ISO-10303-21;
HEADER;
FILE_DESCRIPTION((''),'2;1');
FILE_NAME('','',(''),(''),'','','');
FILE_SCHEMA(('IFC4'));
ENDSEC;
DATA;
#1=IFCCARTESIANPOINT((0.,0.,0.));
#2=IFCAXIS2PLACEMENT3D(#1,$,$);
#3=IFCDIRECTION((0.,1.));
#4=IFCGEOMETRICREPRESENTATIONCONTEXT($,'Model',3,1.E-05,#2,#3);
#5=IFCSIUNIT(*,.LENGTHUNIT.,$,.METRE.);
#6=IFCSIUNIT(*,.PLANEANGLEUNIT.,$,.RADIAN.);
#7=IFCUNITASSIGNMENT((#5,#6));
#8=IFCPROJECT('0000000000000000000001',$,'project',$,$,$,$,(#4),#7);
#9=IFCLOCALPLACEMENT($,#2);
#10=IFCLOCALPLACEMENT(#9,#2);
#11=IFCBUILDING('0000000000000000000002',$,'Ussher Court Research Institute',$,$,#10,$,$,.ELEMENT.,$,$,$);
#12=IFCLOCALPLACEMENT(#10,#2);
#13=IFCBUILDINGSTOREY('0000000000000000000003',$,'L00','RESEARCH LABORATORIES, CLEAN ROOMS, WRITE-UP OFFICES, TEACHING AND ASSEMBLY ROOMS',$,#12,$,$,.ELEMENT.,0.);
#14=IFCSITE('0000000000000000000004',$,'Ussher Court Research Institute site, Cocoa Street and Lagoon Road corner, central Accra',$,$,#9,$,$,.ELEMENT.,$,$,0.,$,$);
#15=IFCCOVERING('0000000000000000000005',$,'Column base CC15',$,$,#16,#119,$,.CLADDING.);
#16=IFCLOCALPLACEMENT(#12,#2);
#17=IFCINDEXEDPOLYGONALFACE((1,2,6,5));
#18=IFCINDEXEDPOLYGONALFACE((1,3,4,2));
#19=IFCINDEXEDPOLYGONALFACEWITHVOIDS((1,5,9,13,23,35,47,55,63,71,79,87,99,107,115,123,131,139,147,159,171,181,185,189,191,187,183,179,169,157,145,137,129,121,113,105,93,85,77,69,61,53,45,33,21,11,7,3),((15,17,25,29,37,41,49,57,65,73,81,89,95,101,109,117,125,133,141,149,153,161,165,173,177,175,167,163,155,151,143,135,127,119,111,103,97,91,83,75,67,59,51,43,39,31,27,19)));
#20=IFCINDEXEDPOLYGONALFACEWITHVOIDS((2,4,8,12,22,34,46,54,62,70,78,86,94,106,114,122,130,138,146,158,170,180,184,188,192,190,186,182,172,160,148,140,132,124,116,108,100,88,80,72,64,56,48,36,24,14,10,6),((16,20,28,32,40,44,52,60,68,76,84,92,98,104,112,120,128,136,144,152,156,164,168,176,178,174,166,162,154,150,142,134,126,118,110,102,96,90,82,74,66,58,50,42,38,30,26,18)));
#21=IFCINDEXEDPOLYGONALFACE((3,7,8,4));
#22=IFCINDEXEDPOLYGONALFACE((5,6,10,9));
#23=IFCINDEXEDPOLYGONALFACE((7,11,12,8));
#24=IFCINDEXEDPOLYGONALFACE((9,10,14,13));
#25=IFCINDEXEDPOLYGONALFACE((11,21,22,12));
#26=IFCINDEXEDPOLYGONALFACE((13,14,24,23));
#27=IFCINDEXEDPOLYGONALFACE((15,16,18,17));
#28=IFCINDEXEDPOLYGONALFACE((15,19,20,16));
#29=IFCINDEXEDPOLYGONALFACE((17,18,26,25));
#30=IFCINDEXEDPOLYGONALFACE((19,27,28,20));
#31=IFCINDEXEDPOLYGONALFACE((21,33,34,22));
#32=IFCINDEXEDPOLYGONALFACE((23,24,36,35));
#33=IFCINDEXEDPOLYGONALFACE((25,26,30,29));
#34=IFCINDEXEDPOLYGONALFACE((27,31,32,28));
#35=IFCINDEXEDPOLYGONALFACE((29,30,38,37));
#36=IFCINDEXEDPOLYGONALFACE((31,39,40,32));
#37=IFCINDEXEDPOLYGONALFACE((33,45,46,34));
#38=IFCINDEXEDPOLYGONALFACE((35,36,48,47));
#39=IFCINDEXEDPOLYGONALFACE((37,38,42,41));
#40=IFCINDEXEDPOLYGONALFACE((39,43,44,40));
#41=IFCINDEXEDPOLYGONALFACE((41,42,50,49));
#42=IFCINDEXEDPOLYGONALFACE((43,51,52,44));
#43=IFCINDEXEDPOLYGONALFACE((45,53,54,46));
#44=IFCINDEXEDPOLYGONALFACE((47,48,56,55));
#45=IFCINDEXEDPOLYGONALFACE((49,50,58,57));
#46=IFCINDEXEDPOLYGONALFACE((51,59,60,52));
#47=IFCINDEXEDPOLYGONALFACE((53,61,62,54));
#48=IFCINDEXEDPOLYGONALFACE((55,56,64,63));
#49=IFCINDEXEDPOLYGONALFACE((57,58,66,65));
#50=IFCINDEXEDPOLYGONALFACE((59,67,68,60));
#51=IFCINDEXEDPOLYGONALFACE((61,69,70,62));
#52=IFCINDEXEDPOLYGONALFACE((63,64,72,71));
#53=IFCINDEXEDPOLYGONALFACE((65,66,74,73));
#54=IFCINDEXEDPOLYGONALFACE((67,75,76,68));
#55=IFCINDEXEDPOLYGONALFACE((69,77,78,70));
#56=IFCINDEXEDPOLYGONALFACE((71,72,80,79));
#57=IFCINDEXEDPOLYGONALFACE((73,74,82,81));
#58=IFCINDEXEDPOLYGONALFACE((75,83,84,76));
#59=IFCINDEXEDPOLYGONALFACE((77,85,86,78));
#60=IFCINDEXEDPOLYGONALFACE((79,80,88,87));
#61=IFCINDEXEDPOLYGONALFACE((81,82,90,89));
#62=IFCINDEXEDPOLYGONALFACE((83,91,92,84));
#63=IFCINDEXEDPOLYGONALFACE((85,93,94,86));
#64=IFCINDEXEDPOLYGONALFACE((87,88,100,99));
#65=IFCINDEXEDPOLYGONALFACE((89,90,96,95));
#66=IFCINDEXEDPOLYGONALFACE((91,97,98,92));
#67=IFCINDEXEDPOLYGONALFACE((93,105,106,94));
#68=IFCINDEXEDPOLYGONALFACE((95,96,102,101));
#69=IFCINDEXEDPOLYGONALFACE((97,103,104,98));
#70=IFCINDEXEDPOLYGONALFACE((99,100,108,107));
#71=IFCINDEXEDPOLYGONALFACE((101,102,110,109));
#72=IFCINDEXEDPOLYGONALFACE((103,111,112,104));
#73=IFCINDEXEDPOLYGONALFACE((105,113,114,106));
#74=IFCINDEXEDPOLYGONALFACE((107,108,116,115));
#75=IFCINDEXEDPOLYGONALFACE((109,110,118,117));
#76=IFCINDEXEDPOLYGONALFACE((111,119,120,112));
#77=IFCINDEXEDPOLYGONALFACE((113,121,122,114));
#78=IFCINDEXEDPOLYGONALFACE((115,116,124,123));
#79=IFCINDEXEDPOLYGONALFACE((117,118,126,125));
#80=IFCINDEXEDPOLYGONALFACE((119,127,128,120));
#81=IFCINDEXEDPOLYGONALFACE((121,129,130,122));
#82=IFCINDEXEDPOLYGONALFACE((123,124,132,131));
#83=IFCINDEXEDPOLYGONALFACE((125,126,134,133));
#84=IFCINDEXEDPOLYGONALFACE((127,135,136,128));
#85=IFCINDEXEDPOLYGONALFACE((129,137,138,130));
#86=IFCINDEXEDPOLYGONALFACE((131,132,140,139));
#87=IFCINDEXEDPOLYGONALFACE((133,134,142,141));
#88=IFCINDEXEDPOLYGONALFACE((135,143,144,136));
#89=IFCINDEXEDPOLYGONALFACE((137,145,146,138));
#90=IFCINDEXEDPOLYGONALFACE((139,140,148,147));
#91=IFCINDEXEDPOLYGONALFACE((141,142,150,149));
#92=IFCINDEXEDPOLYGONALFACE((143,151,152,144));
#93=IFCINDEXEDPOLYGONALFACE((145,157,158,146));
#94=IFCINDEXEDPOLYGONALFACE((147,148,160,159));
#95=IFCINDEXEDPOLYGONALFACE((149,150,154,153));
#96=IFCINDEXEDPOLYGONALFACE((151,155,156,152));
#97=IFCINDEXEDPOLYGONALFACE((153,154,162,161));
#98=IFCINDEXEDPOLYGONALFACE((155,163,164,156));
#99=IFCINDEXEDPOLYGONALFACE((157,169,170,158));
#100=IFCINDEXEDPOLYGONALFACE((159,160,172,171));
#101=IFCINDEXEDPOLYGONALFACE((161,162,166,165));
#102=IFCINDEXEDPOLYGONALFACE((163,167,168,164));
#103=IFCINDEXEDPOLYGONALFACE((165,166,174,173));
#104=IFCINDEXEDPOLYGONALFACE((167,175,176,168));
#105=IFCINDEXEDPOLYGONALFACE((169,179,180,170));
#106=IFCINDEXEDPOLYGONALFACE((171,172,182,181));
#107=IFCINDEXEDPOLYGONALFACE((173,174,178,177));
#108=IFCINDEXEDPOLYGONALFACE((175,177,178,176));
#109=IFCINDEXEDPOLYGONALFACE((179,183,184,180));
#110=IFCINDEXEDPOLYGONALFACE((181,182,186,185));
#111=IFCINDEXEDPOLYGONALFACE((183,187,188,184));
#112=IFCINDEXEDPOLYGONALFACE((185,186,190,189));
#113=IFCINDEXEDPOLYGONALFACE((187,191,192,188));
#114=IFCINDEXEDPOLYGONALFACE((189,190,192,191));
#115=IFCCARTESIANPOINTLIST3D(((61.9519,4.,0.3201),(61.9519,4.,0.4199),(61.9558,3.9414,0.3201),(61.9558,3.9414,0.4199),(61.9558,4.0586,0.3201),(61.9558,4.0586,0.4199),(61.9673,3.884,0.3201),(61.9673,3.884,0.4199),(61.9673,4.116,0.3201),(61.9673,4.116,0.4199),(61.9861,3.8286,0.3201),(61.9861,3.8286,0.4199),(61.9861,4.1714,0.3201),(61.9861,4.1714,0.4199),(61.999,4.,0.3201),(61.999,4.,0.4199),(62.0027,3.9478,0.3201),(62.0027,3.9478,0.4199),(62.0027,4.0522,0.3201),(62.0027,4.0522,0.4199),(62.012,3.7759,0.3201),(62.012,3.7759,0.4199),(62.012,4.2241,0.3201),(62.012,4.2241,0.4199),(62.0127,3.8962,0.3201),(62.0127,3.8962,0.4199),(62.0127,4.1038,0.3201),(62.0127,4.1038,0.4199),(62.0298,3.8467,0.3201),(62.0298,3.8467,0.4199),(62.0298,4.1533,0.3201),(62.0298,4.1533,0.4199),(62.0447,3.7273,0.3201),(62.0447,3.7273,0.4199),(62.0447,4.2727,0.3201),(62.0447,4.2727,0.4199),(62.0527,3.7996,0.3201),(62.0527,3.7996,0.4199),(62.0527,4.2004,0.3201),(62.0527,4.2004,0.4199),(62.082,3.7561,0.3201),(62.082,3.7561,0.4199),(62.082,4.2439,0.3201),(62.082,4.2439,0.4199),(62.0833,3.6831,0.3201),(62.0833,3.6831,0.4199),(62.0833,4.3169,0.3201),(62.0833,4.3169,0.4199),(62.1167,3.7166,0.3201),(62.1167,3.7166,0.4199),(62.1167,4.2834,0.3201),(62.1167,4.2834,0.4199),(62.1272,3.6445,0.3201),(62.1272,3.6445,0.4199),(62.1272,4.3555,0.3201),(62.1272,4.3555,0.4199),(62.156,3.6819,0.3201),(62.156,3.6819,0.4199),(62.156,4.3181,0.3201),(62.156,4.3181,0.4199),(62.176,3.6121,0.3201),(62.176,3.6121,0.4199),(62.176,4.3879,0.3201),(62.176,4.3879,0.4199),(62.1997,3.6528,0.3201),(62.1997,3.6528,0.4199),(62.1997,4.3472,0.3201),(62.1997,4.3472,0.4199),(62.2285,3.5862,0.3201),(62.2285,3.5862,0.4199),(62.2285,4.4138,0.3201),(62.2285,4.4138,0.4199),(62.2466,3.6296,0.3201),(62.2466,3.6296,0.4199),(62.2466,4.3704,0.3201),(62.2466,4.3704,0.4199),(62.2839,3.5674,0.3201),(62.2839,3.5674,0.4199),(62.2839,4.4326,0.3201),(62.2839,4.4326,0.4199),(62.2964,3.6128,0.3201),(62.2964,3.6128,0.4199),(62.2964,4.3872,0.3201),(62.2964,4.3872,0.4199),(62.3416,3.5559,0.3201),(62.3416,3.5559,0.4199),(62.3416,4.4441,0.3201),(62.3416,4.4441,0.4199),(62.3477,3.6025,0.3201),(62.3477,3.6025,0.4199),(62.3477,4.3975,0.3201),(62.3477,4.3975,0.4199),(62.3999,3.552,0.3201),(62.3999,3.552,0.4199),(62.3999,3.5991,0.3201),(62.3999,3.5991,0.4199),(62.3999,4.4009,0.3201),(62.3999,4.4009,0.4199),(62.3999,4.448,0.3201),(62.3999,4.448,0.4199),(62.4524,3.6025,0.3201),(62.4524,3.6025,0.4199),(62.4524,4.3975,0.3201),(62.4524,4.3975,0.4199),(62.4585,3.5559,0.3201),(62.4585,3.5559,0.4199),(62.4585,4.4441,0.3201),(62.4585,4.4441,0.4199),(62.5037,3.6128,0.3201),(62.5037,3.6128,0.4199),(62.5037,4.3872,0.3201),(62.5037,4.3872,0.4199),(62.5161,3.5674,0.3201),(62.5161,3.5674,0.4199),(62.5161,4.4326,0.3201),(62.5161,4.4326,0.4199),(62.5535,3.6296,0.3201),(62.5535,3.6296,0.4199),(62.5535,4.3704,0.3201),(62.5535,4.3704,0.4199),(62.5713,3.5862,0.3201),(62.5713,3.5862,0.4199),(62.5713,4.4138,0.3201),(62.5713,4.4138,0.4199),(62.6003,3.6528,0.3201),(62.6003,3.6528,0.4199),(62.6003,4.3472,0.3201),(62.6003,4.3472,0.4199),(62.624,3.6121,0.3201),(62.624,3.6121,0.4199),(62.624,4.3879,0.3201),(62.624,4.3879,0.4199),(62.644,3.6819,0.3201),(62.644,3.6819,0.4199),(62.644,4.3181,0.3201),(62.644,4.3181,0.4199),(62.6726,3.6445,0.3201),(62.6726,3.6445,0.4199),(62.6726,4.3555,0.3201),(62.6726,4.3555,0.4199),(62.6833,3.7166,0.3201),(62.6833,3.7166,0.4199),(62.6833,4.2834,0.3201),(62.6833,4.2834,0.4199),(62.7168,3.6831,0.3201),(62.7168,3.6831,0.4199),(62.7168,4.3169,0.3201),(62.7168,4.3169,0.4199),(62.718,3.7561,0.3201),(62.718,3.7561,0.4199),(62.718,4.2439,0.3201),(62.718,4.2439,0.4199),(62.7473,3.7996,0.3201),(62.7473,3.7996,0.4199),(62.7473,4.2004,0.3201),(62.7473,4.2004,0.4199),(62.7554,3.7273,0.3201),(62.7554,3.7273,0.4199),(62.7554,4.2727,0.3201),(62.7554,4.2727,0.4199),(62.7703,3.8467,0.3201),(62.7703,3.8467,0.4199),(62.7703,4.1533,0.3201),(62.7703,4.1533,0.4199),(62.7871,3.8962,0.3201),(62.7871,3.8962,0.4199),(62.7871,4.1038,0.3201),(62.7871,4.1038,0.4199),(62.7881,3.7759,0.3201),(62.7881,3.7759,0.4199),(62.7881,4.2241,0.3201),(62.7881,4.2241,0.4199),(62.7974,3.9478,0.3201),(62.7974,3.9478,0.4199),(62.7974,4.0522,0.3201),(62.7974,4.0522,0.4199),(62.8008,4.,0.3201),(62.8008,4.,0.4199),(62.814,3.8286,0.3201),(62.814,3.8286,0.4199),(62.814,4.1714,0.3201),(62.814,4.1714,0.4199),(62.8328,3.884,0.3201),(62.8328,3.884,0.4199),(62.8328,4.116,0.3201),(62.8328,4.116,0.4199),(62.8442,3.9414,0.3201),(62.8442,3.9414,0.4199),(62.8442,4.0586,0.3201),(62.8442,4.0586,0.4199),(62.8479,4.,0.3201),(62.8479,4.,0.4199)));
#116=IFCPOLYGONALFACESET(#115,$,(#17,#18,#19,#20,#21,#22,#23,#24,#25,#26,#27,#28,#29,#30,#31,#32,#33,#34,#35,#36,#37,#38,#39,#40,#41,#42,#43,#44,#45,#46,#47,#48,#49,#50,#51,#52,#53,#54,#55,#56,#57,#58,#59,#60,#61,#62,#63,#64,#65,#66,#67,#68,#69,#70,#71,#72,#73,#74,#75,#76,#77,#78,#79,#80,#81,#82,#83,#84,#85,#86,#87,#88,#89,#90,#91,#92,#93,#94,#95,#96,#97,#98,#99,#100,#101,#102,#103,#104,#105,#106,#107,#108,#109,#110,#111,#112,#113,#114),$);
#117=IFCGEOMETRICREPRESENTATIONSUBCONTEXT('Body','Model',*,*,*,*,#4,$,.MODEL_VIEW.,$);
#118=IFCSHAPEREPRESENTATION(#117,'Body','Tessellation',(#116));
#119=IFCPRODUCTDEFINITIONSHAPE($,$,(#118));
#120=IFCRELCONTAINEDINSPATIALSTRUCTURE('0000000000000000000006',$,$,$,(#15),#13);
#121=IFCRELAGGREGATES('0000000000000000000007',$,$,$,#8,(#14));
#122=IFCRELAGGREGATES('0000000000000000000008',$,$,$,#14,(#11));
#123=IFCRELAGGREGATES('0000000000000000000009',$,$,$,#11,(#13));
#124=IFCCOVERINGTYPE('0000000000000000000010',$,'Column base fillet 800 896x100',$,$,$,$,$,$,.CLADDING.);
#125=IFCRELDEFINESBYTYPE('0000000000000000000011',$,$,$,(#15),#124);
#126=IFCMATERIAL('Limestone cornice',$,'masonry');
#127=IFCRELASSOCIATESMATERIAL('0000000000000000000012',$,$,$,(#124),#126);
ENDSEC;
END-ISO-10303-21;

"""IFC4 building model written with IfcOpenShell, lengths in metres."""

from ifc_helpers import new_model, si_unit, direction, frame, origin, place, context, subcontext, project, spatial, polyline, outline, extrude, material, type_object, element, save


model = new_model("IFC4")

# Units and contexts
model_context = context("Model", 3, precision=1e-05, world=origin(), true_north=direction((0.0, 1.0)))
body_context = subcontext(model_context, "Body", "Model", "MODEL_VIEW")
ifc_project = project(units=[si_unit("LENGTHUNIT", "METRE"), si_unit("PLANEANGLEUNIT", "RADIAN")], contexts=[model_context])

# Site, building, storey
site_placement = place(None, origin())
site = spatial("IfcSite", under=ifc_project, at=site_placement, Name="Ussher Court Research Institute site, Cocoa Street and Lagoon Road corner, central Accra", CompositionType="ELEMENT", RefElevation=0.0)
building_placement = place(site_placement, origin())
building = spatial("IfcBuilding", under=site, at=building_placement, Name="Ussher Court Research Institute", CompositionType="ELEMENT")
storey_placement = place(building_placement, origin())
storey = spatial("IfcBuildingStorey", under=building, at=storey_placement, Name="L00", Description="RESEARCH LABORATORIES, CLEAN ROOMS, WRITE-UP OFFICES, TEACHING AND ASSEMBLY ROOMS", CompositionType="ELEMENT", Elevation=0.0)

# Covering
ifc_material_1 = material(Name="Limestone cornice", Category="masonry")
covering_type_1 = type_object("IfcCoveringType", Name="Column base fillet 800 896x100", PredefinedType="CLADDING", material=ifc_material_1)
covering_1_placement = place(storey_placement, frame((0.0, 0.0, 0.3201)))
element("IfcCovering", 1, at=covering_1_placement, inside=storey, type_object=covering_type_1, Name="Column base CC15", PredefinedType="CLADDING", context=body_context, shape_type="SweptSolid", body=[
    extrude(outline(polyline([(62.8479, 4.0), (62.8442, 4.0586), (62.8328, 4.116), (62.814, 4.1714), (62.7881, 4.2241), (62.7554, 4.2727), (62.7168, 4.3169), (62.6726, 4.3555), (62.624, 4.3879), (62.5713, 4.4138), (62.5161, 4.4326), (62.4585, 4.4441), (62.3999, 4.448), (62.3416, 4.4441), (62.2839, 4.4326), (62.2285, 4.4138), (62.176, 4.3879), (62.1272, 4.3555), (62.0833, 4.3169), (62.0447, 4.2727), (62.012, 4.2241), (61.9861, 4.1714), (61.9673, 4.116), (61.9558, 4.0586), (61.9519, 4.0), (61.9558, 3.9414), (61.9673, 3.884), (61.9861, 3.8286), (62.012, 3.7759), (62.0447, 3.7273), (62.0833, 3.6831), (62.1272, 3.6445), (62.176, 3.6121), (62.2285, 3.5862), (62.2839, 3.5674), (62.3416, 3.5559), (62.3999, 3.552), (62.4585, 3.5559), (62.5161, 3.5674), (62.5713, 3.5862), (62.624, 3.6121), (62.6726, 3.6445), (62.7168, 3.6831), (62.7554, 3.7273), (62.7881, 3.7759), (62.814, 3.8286), (62.8328, 3.884), (62.8442, 3.9414), (62.8479, 4.0)]), holes=[polyline([(62.8008, 4.0), (62.7974, 4.0522), (62.7871, 4.1038), (62.7703, 4.1533), (62.7473, 4.2004), (62.718, 4.2439), (62.6833, 4.2834), (62.644, 4.3181), (62.6003, 4.3472), (62.5535, 4.3704), (62.5037, 4.3872), (62.4524, 4.3975), (62.3999, 4.4009), (62.3477, 4.3975), (62.2964, 4.3872), (62.2466, 4.3704), (62.1997, 4.3472), (62.156, 4.3181), (62.1167, 4.2834), (62.082, 4.2439), (62.0527, 4.2004), (62.0298, 4.1533), (62.0127, 4.1038), (62.0027, 4.0522), (61.999, 4.0), (62.0027, 3.9478), (62.0127, 3.8962), (62.0298, 3.8467), (62.0527, 3.7996), (62.082, 3.7561), (62.1167, 3.7166), (62.156, 3.6819), (62.1997, 3.6528), (62.2466, 3.6296), (62.2964, 3.6128), (62.3477, 3.6025), (62.3999, 3.5991), (62.4524, 3.6025), (62.5037, 3.6128), (62.5535, 3.6296), (62.6003, 3.6528), (62.644, 3.6819), (62.6833, 3.7166), (62.718, 3.7561), (62.7473, 3.7996), (62.7703, 3.8467), (62.7871, 3.8962), (62.7974, 3.9478), (62.8008, 4.0)])]), origin(), (0.0, 0.0, 1.0), 0.0999),
])

save(model, "model.ifc")
